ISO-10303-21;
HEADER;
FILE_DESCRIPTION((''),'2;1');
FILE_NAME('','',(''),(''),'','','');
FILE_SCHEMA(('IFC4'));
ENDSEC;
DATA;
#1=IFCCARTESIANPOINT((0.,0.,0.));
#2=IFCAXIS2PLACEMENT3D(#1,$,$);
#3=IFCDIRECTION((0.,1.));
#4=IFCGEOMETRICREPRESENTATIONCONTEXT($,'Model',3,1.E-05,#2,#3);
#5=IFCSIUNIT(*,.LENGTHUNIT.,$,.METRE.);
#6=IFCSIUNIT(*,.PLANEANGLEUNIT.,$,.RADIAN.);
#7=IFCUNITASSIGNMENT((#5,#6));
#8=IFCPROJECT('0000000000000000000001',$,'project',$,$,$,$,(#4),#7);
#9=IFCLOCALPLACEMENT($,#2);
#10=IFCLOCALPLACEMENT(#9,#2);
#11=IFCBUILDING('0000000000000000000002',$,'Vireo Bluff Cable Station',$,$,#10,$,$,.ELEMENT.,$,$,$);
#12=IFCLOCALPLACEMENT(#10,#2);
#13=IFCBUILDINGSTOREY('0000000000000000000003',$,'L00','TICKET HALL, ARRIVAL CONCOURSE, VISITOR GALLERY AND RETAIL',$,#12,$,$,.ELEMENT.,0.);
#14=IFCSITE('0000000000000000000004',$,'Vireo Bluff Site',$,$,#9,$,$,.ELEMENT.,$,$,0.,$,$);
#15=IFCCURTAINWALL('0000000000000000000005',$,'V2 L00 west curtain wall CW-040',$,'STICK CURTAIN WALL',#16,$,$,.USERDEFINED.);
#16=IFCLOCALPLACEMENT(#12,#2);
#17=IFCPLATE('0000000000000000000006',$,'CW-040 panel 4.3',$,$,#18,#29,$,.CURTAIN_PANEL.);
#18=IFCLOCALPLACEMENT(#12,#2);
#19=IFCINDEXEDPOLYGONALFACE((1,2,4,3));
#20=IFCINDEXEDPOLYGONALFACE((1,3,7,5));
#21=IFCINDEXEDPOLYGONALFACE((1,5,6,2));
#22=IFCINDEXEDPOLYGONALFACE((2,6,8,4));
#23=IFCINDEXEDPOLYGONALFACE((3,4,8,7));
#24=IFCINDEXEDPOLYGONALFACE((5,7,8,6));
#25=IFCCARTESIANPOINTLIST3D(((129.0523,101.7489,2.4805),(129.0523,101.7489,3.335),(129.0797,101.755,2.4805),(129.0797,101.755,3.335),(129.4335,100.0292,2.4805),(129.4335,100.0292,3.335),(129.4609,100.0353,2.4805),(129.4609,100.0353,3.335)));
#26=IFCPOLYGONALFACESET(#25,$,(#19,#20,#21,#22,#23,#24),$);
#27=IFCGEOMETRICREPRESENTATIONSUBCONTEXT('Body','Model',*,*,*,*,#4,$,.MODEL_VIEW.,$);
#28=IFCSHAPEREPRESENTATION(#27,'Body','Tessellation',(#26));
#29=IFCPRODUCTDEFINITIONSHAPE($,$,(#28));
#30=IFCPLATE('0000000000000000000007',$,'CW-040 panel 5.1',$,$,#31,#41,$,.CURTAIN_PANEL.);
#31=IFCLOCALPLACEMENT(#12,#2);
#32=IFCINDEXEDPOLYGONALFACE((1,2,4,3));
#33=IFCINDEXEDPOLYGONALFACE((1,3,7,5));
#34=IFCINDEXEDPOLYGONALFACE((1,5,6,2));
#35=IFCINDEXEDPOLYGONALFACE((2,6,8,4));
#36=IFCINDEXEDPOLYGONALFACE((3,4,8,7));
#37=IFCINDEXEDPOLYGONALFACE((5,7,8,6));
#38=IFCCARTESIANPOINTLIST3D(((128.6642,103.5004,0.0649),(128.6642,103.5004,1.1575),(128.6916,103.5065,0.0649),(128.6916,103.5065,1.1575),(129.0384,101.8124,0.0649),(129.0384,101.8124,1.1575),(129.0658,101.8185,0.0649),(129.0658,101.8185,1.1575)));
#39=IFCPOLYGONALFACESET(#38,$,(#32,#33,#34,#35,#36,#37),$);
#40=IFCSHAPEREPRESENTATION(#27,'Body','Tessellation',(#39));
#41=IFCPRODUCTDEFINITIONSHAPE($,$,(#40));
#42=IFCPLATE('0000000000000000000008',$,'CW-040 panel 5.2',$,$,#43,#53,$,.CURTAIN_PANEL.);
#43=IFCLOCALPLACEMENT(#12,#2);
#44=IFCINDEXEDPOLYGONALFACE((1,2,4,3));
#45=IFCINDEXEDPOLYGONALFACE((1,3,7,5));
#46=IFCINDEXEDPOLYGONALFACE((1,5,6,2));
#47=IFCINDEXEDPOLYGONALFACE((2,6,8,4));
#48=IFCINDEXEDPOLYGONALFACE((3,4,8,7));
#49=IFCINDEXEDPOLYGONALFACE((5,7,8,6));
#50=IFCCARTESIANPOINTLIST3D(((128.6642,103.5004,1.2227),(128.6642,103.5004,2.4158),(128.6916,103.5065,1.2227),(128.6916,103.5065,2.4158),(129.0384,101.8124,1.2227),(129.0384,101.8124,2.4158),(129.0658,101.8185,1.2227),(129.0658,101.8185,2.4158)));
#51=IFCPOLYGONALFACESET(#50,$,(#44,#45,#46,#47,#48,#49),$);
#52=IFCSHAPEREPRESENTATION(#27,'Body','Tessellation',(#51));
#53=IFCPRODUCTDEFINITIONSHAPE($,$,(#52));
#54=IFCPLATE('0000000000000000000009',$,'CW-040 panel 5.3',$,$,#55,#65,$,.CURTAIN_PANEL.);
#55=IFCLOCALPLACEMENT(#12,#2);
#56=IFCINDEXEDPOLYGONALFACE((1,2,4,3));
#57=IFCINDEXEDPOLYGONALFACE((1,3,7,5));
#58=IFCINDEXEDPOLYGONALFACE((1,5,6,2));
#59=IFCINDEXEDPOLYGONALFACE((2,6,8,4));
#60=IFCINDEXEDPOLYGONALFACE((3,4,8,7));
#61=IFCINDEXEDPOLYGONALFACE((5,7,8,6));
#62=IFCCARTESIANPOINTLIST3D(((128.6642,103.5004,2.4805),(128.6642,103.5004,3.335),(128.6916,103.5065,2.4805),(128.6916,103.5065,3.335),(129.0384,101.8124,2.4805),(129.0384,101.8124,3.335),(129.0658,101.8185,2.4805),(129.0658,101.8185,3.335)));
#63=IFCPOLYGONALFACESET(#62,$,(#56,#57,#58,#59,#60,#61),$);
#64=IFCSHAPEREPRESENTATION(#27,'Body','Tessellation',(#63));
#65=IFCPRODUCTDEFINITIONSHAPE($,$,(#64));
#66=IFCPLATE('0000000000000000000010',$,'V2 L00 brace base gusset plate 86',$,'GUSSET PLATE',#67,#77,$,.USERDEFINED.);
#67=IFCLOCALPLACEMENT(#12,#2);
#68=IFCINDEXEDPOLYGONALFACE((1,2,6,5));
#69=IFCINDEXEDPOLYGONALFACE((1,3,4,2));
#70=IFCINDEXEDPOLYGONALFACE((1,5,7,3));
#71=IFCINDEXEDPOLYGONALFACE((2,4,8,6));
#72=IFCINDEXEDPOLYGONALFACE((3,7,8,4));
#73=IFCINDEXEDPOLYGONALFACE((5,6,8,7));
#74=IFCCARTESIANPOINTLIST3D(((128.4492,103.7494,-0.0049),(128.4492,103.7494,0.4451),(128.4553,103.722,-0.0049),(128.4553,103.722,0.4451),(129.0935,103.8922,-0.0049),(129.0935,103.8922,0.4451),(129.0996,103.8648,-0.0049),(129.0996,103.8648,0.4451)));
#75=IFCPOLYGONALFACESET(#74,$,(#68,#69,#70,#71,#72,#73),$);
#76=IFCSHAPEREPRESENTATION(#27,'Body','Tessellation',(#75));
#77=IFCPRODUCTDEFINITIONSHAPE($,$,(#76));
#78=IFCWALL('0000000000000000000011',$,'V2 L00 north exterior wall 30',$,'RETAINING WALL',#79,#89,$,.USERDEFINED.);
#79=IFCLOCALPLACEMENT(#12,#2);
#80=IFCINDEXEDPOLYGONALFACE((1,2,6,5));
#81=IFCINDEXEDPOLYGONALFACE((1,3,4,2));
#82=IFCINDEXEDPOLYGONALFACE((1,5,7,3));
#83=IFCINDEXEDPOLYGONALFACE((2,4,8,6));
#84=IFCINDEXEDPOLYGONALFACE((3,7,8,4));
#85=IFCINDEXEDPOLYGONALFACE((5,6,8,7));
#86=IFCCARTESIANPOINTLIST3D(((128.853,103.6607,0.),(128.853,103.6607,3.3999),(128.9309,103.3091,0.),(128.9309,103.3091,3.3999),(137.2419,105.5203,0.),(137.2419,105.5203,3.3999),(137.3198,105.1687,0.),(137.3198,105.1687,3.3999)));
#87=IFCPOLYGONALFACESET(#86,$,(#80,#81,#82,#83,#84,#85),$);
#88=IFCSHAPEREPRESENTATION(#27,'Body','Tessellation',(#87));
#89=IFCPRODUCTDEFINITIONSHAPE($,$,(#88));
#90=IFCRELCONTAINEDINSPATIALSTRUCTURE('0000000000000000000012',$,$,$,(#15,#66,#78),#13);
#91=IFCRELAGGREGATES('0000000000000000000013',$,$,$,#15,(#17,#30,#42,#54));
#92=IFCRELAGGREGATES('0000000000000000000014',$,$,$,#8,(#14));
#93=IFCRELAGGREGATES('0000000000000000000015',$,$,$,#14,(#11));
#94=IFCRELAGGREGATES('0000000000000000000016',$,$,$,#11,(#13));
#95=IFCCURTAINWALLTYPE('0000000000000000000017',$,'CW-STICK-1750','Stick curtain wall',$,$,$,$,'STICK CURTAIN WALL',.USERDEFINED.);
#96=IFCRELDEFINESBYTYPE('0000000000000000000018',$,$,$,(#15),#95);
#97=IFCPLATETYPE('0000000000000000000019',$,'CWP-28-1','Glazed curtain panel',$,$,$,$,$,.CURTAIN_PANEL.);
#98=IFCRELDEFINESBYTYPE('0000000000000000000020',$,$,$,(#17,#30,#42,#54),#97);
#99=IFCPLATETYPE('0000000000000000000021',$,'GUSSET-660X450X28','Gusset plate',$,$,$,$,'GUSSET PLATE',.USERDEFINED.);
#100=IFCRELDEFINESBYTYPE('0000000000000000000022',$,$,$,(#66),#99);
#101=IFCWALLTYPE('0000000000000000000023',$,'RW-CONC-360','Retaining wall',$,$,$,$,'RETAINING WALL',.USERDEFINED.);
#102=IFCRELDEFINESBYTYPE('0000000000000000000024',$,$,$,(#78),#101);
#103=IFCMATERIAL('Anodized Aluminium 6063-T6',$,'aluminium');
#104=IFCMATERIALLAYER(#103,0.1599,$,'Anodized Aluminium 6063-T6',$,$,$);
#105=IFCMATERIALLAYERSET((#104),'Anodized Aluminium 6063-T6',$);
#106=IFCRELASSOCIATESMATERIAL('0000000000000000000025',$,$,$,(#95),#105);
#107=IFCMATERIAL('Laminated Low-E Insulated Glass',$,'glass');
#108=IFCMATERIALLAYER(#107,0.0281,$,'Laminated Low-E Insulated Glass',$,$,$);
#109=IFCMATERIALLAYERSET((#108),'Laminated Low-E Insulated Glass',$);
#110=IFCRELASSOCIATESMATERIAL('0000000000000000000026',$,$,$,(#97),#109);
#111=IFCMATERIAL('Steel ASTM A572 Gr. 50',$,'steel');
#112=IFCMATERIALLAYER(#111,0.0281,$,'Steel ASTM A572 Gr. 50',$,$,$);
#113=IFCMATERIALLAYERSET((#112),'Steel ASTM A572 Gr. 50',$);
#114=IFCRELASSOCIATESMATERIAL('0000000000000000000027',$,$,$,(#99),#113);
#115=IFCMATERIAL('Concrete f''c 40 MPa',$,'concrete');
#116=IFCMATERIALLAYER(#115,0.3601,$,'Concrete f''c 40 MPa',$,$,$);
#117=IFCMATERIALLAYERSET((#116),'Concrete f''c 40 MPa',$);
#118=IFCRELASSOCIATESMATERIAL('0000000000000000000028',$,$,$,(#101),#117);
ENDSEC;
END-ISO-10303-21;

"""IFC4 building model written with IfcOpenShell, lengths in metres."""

from ifc_helpers import new_model, si_unit, direction, frame, frame_2d, origin, origin_2d, place, context, subcontext, project, spatial, rectangle, extrude, material, layer, layer_set, type_object, element, aggregate, save


model = new_model("IFC4")

# Units and contexts
model_context = context("Model", 3, precision=1e-05, world=origin(), true_north=direction((0.0, 1.0)))
body_context = subcontext(model_context, "Body", "Model", "MODEL_VIEW")
ifc_project = project(units=[si_unit("LENGTHUNIT", "METRE"), si_unit("PLANEANGLEUNIT", "RADIAN")], contexts=[model_context])

# Site, building, storey
site_placement = place(None, origin())
site = spatial("IfcSite", under=ifc_project, at=site_placement, Name="Vireo Bluff Site", CompositionType="ELEMENT", RefElevation=0.0)
building_placement = place(site_placement, origin())
building = spatial("IfcBuilding", under=site, at=building_placement, Name="Vireo Bluff Cable Station", CompositionType="ELEMENT")
storey_placement = place(building_placement, origin())
storey = spatial("IfcBuildingStorey", under=building, at=storey_placement, Name="L00", Description="TICKET HALL, ARRIVAL CONCOURSE, VISITOR GALLERY AND RETAIL", CompositionType="ELEMENT", Elevation=0.0)

# Shared definitions
ifc_material_1 = material(Name="Concrete f'c 40 MPa", Category="concrete")

# Curtain wall
ifc_material_2 = material(Name="Anodized Aluminium 6063-T6", Category="aluminium")
ifc_layer_1 = layer(ifc_material_2, 0.1599, Name="Anodized Aluminium 6063-T6")
ifc_layer_set_1 = layer_set([ifc_layer_1], Name="Anodized Aluminium 6063-T6")
curtain_wall_type = type_object("IfcCurtainWallType", Name="CW-STICK-1750", Description="Stick curtain wall", ElementType="STICK CURTAIN WALL", PredefinedType="USERDEFINED", material=ifc_layer_set_1)
curtain_wall_placement = place(storey_placement, origin())
curtain_wall = element("IfcCurtainWall", 1, at=curtain_wall_placement, inside=storey, type_object=curtain_wall_type, Name="V2 L00 west curtain wall CW-040", ObjectType="STICK CURTAIN WALL", PredefinedType="USERDEFINED")

# Plates
ifc_material_3 = material(Name="Steel ASTM A572 Gr. 50", Category="steel")
ifc_material_4 = material(Name="Laminated Low-E Insulated Glass", Category="glass")
ifc_layer_2 = layer(ifc_material_4, 0.0281, Name="Laminated Low-E Insulated Glass")
ifc_layer_set_2 = layer_set([ifc_layer_2], Name="Laminated Low-E Insulated Glass")
plate_type_1 = type_object("IfcPlateType", Name="CWP-28-1", Description="Glazed curtain panel", PredefinedType="CURTAIN_PANEL", material=ifc_layer_set_2)
plate_1_placement = place(storey_placement, frame((129.2566, 100.8921, 2.4805), z_axis=(0.0, 0.0, 1.0), x_axis=(-0.21644, 0.976296, 0.0)))
plate_1 = element("IfcPlate", 2, at=plate_1_placement, type_object=plate_type_1, Name="CW-040 panel 4.3", PredefinedType="CURTAIN_PANEL", context=body_context, shape_type="SweptSolid", body=[
    extrude(rectangle(XDim=1.7615, YDim=0.0281, at=origin_2d()), origin(), (0.0, 0.0, 1.0), 0.8545),
])
plate_2_placement = place(storey_placement, frame((128.865, 102.6594, 0.0649), z_axis=(0.0, 0.0, 1.0), x_axis=(-0.21644, 0.976296, 0.0)))
plate_2 = element("IfcPlate", 3, at=plate_2_placement, type_object=plate_type_1, Name="CW-040 panel 5.1", PredefinedType="CURTAIN_PANEL", context=body_context, shape_type="SweptSolid", body=[
    extrude(rectangle(XDim=1.729, YDim=0.0281, at=origin_2d()), origin(), (0.0, 0.0, 1.0), 1.0925),
])
plate_3_placement = place(storey_placement, frame((128.865, 102.6594, 1.2227), z_axis=(0.0, 0.0, 1.0), x_axis=(-0.21644, 0.976296, 0.0)))
plate_3 = element("IfcPlate", 4, at=plate_3_placement, type_object=plate_type_1, Name="CW-040 panel 5.2", PredefinedType="CURTAIN_PANEL", context=body_context, shape_type="SweptSolid", body=[
    extrude(rectangle(XDim=1.729, YDim=0.0281, at=origin_2d()), origin(), (0.0, 0.0, 1.0), 1.1931),
])
plate_4_placement = place(storey_placement, frame((128.865, 102.6594, 2.4805), z_axis=(0.0, 0.0, 1.0), x_axis=(-0.21644, 0.976296, 0.0)))
plate_4 = element("IfcPlate", 5, at=plate_4_placement, type_object=plate_type_1, Name="CW-040 panel 5.3", PredefinedType="CURTAIN_PANEL", context=body_context, shape_type="SweptSolid", body=[
    extrude(rectangle(XDim=1.729, YDim=0.0281, at=origin_2d()), origin(), (0.0, 0.0, 1.0), 0.8545),
])
aggregate(curtain_wall, [plate_1, plate_2, plate_3, plate_4])
ifc_layer_3 = layer(ifc_material_3, 0.0281, Name="Steel ASTM A572 Gr. 50")
ifc_layer_set_3 = layer_set([ifc_layer_3], Name="Steel ASTM A572 Gr. 50")
plate_type_2 = type_object("IfcPlateType", Name="GUSSET-660X450X28", Description="Gusset plate", ElementType="GUSSET PLATE", PredefinedType="USERDEFINED", material=ifc_layer_set_3)
plate_5_placement = place(storey_placement, frame((128.7744, 103.8071, -0.0049), z_axis=(0.0, 0.0, 1.0), x_axis=(0.976296, 0.21644, 0.0)))
element("IfcPlate", 6, at=plate_5_placement, inside=storey, type_object=plate_type_2, Name="V2 L00 brace base gusset plate 86", ObjectType="GUSSET PLATE", PredefinedType="USERDEFINED", context=body_context, shape_type="SweptSolid", body=[
    extrude(rectangle(XDim=0.6599, YDim=0.0281, at=origin_2d()), origin(), (0.0, 0.0, 1.0), 0.45),
])

# Wall
ifc_layer_4 = layer(ifc_material_1, 0.3601, Name="Concrete f'c 40 MPa")
ifc_layer_set_4 = layer_set([ifc_layer_4], Name="Concrete f'c 40 MPa")
wall_type = type_object("IfcWallType", Name="RW-CONC-360", Description="Retaining wall", ElementType="RETAINING WALL", PredefinedType="USERDEFINED", material=ifc_layer_set_4)
wall_placement = place(storey_placement, frame((128.8918, 103.4849, 0.0), z_axis=(0.0, 0.0, 1.0), x_axis=(0.9763, 0.216422, 0.0)))
element("IfcWall", 7, at=wall_placement, inside=storey, type_object=wall_type, Name="V2 L00 north exterior wall 30", ObjectType="RETAINING WALL", PredefinedType="USERDEFINED", context=body_context, shape_type="SweptSolid", body=[
    extrude(rectangle(XDim=8.5925, YDim=0.3601, at=frame_2d((4.2964, 0.0))), origin(), (0.0, 0.0, 1.0), 3.3999),
])

save(model, "model.ifc")
